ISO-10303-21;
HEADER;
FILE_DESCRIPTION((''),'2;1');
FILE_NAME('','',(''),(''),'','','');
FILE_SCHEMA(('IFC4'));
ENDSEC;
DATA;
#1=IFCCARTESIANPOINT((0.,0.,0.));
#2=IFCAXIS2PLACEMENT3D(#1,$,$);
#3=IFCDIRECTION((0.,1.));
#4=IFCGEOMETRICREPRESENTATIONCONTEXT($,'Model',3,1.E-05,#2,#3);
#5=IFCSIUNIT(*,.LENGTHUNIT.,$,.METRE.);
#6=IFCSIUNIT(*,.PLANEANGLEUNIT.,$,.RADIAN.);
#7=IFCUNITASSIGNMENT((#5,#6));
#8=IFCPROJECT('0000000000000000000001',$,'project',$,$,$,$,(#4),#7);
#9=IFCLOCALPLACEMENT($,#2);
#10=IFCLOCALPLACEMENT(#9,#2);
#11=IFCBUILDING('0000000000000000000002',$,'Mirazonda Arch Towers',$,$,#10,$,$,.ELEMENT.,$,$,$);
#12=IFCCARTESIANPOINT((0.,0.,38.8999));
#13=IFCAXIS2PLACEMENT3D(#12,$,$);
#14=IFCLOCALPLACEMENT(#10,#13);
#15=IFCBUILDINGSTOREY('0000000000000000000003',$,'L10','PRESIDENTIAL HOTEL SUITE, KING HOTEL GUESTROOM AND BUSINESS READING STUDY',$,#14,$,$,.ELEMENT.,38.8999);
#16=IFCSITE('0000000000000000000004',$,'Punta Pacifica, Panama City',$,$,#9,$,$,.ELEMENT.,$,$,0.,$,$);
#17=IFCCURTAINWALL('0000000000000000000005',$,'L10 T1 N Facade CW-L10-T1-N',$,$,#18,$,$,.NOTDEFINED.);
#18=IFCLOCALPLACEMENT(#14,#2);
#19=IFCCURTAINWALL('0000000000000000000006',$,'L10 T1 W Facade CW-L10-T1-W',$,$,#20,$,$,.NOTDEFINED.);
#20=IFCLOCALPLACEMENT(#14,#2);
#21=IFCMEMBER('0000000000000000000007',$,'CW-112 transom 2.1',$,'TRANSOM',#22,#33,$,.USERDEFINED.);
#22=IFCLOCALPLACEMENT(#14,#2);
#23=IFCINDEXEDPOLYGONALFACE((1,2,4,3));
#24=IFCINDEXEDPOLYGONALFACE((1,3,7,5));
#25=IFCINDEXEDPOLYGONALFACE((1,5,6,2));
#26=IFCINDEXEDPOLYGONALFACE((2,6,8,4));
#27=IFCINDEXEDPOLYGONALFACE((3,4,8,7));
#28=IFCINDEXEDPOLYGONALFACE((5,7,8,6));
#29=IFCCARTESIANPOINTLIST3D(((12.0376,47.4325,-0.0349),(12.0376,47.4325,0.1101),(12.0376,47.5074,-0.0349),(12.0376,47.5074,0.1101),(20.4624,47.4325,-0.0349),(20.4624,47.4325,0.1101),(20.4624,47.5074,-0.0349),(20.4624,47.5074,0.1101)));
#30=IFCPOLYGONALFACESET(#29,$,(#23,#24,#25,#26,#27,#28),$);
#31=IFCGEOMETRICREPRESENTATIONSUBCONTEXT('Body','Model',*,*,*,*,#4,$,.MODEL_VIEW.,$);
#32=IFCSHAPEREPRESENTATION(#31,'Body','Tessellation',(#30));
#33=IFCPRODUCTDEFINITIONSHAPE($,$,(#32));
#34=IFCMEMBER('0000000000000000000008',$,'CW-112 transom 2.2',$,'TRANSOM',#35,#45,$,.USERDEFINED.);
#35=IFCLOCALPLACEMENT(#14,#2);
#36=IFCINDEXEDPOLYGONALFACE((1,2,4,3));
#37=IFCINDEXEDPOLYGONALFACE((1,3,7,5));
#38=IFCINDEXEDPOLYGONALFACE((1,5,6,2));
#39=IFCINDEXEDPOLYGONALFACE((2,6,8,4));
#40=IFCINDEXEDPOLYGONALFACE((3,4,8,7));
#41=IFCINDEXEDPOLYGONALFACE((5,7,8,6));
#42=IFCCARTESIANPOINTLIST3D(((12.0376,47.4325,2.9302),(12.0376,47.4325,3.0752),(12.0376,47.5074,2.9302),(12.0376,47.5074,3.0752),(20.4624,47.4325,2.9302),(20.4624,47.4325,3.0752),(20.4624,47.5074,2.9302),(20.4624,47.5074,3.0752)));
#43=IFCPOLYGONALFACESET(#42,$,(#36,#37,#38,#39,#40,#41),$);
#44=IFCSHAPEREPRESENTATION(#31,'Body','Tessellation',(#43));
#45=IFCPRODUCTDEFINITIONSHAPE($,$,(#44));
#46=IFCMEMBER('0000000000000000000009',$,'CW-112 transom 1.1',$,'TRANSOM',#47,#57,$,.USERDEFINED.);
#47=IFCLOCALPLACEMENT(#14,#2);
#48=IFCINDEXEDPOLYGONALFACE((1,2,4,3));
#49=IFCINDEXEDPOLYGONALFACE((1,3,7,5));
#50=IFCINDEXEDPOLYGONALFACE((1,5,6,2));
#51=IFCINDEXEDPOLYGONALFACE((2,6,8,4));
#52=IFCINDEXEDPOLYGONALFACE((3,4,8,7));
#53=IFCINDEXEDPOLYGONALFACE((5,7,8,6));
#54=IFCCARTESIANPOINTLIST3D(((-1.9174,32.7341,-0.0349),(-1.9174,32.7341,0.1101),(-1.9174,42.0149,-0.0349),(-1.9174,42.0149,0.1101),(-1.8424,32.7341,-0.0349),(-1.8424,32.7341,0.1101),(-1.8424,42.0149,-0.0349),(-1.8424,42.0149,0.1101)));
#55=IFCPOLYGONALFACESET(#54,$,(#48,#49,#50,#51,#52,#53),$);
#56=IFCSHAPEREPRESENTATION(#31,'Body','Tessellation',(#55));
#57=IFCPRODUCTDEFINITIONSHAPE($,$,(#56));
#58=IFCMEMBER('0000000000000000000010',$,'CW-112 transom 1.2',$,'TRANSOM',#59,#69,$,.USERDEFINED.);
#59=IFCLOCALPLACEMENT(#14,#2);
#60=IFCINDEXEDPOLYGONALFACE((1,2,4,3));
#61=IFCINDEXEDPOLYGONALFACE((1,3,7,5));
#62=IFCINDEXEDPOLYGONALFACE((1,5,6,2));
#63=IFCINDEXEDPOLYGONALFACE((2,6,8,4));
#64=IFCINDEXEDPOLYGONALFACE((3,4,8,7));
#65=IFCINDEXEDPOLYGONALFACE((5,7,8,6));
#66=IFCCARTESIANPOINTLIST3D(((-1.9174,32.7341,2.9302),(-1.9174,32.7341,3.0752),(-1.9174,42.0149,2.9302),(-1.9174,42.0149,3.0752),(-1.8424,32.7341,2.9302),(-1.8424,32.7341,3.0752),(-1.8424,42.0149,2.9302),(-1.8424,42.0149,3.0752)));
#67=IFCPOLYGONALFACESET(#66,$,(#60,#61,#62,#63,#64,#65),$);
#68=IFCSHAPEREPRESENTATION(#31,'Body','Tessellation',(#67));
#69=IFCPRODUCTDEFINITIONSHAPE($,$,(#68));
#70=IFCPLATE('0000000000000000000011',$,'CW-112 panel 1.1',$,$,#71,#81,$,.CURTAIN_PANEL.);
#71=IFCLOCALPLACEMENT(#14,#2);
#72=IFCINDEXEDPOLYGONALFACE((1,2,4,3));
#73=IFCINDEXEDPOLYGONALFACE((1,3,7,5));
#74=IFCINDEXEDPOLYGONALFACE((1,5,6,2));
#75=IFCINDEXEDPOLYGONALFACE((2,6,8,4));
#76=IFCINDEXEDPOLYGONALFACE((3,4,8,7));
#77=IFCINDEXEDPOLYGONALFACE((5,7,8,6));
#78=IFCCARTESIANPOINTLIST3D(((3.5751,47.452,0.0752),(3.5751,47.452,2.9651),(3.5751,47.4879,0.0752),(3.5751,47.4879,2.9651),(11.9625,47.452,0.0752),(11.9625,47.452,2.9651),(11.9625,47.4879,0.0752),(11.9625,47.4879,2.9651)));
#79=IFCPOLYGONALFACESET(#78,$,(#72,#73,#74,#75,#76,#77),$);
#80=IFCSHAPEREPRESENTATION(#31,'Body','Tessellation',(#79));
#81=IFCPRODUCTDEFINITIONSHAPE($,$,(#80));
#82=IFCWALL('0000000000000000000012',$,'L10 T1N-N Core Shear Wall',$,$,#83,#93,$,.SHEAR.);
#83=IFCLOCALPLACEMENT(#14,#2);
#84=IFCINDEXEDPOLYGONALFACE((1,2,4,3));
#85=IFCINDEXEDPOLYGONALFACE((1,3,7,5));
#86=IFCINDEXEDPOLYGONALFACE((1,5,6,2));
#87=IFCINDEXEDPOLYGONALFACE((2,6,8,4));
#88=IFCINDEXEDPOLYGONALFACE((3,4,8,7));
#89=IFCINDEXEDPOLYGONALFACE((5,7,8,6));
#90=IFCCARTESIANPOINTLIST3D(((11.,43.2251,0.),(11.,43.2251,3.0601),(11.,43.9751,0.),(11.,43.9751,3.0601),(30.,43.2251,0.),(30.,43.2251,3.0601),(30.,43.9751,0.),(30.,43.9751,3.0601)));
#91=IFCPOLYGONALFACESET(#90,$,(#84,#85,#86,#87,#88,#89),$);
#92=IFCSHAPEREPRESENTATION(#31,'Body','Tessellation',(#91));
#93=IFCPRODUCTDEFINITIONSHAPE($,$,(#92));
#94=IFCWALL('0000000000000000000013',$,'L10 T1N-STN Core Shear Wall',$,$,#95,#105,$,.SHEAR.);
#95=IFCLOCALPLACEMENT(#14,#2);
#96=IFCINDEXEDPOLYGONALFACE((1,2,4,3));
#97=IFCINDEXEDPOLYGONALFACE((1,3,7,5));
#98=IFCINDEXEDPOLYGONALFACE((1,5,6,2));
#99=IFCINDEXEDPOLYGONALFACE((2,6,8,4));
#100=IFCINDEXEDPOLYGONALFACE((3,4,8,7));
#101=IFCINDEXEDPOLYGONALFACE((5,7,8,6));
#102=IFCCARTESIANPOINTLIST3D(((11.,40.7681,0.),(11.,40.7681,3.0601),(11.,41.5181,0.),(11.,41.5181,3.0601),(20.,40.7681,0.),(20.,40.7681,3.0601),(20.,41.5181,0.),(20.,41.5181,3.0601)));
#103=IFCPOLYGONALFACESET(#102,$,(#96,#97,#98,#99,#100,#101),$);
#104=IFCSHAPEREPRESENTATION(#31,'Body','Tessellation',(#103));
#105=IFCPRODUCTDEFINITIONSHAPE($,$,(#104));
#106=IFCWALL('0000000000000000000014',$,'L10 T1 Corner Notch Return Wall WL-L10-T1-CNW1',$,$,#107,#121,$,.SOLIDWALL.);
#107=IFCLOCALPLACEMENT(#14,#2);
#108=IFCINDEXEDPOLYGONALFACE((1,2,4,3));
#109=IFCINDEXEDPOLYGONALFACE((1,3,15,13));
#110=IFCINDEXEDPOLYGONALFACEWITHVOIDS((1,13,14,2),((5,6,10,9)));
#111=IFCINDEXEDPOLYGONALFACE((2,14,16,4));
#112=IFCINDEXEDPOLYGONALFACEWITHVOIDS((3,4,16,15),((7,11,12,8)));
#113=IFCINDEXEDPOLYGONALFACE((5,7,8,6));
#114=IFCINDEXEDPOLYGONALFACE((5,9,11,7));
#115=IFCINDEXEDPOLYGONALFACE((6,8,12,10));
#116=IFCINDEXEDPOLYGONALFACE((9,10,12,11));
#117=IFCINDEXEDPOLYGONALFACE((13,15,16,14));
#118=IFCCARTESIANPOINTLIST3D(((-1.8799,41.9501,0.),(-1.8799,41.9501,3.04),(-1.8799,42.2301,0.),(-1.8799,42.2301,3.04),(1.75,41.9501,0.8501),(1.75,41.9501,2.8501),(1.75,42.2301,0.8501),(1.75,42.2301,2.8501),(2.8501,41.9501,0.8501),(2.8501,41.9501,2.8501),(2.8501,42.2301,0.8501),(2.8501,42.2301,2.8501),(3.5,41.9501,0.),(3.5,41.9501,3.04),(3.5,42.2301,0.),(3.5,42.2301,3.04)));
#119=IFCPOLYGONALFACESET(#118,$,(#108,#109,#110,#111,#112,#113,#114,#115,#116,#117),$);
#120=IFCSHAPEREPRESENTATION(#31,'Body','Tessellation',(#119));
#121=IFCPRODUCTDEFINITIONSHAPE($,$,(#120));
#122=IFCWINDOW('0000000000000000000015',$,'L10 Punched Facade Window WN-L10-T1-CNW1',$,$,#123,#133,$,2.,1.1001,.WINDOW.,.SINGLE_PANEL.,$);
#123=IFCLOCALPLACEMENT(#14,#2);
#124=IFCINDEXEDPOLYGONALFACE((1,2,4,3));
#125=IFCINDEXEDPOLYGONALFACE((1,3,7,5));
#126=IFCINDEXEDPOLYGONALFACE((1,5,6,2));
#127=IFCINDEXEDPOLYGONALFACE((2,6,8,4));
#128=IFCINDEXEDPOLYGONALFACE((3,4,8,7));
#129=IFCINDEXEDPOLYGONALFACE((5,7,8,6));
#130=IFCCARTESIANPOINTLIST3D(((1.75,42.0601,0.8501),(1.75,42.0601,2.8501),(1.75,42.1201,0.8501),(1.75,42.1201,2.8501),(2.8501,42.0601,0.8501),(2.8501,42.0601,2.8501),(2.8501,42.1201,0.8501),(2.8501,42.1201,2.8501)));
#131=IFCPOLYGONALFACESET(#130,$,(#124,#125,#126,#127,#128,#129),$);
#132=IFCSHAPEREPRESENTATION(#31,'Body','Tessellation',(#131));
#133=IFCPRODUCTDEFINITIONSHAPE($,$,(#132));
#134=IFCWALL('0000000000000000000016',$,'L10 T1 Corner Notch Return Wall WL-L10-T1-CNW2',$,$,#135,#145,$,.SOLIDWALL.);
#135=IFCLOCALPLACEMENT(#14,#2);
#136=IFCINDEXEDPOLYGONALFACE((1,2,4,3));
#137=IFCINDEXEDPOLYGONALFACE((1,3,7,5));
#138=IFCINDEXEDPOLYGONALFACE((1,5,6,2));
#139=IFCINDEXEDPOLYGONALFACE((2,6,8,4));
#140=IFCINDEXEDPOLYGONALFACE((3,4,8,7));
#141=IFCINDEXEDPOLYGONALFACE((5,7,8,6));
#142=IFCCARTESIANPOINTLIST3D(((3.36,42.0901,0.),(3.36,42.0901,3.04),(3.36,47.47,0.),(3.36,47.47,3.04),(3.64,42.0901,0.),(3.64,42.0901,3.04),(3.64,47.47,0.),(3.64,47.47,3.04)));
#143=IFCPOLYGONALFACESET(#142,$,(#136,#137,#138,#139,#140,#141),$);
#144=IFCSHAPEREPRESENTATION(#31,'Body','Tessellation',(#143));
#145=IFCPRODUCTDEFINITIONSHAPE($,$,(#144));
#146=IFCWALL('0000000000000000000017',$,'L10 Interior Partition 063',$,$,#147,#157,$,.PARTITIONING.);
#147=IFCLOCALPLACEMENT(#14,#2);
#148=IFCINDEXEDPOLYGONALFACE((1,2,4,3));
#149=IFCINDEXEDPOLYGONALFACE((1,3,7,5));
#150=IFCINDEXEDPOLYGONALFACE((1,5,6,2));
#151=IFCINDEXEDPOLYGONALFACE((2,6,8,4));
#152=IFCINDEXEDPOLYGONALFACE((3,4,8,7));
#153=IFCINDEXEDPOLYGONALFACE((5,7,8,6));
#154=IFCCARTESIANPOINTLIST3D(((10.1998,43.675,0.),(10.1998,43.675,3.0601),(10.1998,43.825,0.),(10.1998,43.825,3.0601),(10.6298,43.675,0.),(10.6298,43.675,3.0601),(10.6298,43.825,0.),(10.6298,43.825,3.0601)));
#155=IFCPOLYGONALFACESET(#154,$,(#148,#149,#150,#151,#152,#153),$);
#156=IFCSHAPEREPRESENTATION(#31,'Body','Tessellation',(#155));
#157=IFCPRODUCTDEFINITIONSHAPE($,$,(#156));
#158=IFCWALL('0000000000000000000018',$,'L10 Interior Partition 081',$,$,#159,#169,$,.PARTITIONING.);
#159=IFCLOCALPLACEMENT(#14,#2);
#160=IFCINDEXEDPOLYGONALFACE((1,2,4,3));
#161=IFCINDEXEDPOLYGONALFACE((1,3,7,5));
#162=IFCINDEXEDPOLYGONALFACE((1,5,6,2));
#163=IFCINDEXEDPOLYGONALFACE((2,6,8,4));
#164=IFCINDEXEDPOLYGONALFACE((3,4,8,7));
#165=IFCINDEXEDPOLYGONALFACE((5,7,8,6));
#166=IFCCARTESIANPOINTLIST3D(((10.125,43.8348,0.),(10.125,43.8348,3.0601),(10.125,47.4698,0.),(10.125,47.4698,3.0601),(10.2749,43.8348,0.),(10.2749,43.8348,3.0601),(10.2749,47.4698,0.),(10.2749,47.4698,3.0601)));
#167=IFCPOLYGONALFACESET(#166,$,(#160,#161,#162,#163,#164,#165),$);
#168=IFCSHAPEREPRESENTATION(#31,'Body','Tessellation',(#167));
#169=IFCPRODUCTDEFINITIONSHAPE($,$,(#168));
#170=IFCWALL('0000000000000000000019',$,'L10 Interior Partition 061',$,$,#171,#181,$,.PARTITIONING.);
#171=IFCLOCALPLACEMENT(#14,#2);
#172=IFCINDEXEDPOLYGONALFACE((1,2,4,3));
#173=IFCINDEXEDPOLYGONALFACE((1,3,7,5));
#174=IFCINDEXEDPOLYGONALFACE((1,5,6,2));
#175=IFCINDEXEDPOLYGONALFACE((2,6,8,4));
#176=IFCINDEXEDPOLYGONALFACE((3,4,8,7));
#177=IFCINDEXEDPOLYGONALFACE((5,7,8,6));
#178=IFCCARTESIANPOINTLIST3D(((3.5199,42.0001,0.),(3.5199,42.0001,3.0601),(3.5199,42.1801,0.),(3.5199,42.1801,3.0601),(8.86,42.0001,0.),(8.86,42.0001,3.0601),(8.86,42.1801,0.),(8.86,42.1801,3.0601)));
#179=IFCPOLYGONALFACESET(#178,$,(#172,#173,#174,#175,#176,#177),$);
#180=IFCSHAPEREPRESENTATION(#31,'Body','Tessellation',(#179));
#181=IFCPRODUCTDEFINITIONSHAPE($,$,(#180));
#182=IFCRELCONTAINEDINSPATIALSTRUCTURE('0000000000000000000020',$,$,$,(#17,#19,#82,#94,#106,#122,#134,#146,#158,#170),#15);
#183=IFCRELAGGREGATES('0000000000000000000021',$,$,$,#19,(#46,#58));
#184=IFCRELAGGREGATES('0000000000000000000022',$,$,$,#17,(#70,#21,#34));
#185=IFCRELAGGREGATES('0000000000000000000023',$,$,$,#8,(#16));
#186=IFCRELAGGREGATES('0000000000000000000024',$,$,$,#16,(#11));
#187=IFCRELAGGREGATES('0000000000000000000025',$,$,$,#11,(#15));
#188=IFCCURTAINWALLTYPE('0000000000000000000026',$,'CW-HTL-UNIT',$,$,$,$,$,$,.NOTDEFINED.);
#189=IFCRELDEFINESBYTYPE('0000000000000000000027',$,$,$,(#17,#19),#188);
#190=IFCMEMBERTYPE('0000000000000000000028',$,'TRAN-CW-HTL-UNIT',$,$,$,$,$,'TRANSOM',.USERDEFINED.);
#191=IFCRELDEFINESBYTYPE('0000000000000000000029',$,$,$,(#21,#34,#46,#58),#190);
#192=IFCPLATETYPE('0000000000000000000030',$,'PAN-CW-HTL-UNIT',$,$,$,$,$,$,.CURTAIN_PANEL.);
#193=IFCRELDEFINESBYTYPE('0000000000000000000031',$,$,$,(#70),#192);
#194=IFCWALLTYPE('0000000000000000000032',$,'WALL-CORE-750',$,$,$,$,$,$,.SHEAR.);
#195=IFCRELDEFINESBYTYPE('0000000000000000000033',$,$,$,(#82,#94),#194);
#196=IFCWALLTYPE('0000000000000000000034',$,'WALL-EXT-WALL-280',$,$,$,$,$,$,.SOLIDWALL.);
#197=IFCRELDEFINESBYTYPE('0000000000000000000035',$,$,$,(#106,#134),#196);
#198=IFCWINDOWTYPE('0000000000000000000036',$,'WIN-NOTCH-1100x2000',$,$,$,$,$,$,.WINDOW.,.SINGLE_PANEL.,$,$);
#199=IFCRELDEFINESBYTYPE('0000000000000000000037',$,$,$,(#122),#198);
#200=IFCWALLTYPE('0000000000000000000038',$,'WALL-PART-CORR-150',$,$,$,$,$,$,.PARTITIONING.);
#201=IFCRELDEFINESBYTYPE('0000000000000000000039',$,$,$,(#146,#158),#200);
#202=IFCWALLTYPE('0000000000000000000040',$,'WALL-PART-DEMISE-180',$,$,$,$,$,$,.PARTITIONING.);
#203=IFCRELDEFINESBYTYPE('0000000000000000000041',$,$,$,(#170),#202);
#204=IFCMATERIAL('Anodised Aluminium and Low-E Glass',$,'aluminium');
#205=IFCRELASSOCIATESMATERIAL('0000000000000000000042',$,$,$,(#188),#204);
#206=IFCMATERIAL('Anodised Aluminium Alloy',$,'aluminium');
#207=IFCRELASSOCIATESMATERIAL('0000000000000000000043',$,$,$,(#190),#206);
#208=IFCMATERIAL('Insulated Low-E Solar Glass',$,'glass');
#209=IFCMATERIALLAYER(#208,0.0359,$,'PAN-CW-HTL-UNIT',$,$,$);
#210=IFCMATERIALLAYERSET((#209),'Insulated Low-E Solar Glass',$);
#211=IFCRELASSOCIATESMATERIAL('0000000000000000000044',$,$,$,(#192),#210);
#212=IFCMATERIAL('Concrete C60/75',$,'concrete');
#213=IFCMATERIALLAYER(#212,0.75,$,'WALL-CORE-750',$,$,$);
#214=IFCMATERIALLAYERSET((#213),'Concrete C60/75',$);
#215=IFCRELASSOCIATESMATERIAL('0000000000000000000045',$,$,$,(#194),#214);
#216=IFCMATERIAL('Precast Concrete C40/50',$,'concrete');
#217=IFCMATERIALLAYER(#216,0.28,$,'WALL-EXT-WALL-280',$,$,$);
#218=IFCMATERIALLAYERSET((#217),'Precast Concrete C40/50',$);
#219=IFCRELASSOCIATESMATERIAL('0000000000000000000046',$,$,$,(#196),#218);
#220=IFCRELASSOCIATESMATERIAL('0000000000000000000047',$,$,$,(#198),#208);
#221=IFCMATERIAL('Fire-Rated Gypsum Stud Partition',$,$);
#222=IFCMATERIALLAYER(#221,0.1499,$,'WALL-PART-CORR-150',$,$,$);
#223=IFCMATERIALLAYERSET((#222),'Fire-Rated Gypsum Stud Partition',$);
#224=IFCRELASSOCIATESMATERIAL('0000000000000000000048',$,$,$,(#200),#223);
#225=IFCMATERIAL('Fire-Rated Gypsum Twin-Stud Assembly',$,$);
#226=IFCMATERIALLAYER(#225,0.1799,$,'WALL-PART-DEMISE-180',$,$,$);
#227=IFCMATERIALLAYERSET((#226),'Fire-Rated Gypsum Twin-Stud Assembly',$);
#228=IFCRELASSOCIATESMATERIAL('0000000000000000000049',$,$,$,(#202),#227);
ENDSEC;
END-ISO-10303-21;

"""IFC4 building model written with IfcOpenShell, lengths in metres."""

from ifc_helpers import new_model, si_unit, direction, frame, frame_2d, origin, origin_2d, place, context, subcontext, project, spatial, rectangle, extrude, material, layer, layer_set, material_profile, profile_set, type_object, element, fill, aggregate, save


model = new_model("IFC4")

# Units and contexts
model_context = context("Model", 3, precision=1e-05, world=origin(), true_north=direction((0.0, 1.0)))
body_context = subcontext(model_context, "Body", "Model", "MODEL_VIEW")
ifc_project = project(units=[si_unit("LENGTHUNIT", "METRE"), si_unit("PLANEANGLEUNIT", "RADIAN")], contexts=[model_context])

# Site, building, storey
site_placement = place(None, origin())
site = spatial("IfcSite", under=ifc_project, at=site_placement, Name="Punta Pacifica, Panama City", CompositionType="ELEMENT", RefElevation=0.0)
building_placement = place(site_placement, origin())
building = spatial("IfcBuilding", under=site, at=building_placement, Name="Mirazonda Arch Towers", CompositionType="ELEMENT")
storey_placement = place(building_placement, frame((0.0, 0.0, 38.8999)))
storey = spatial("IfcBuildingStorey", under=building, at=storey_placement, Name="L10", Description="PRESIDENTIAL HOTEL SUITE, KING HOTEL GUESTROOM AND BUSINESS READING STUDY", CompositionType="ELEMENT", Elevation=38.8999)

# Shared definitions
ifc_material_1 = material(Name="Concrete C60/75", Category="concrete")

# Curtain wall
ifc_material_2 = material(Name="Anodised Aluminium and Low-E Glass", Category="aluminium")
curtain_wall_type = type_object("IfcCurtainWallType", Name="CW-HTL-UNIT", PredefinedType="NOTDEFINED", material=ifc_material_2)
curtain_wall_1_placement = place(storey_placement, origin())
curtain_wall_1 = element("IfcCurtainWall", 1, at=curtain_wall_1_placement, inside=storey, type_object=curtain_wall_type, Name="L10 T1 N Facade CW-L10-T1-N", PredefinedType="NOTDEFINED")
ifc_material_3 = material(Name="Anodised Aluminium Alloy", Category="aluminium")

# Curtain wall
curtain_wall_2_placement = place(storey_placement, origin())
curtain_wall_2 = element("IfcCurtainWall", 2, at=curtain_wall_2_placement, inside=storey, type_object=curtain_wall_type, Name="L10 T1 W Facade CW-L10-T1-W", PredefinedType="NOTDEFINED")

# Members
ifc_material_profile_1 = material_profile(ifc_material_3, rectangle(XDim=0.075, YDim=0.145, at=origin_2d()), Name="ALU-TRAN-75x145")
ifc_profile_set_1 = profile_set([ifc_material_profile_1], Name="Anodised Aluminium Alloy")
member_type_1 = type_object("IfcMemberType", Name="TRAN-CW-HTL-UNIT", ElementType="TRANSOM", PredefinedType="USERDEFINED", material=ifc_profile_set_1)
member_1_placement = place(storey_placement, frame((12.0376, 47.47, 0.0376), z_axis=(1.0, 0.0, 0.0), x_axis=(0.0, 1.0, 0.0)))
member_1 = element("IfcMember", 3, at=member_1_placement, type_object=member_type_1, Name="CW-112 transom 2.1", ObjectType="TRANSOM", PredefinedType="USERDEFINED", context=body_context, shape_type="SweptSolid", body=[
    extrude(rectangle(XDim=0.075, YDim=0.145, at=origin_2d()), origin(), (0.0, 0.0, 1.0), 8.4248),
])
member_2_placement = place(storey_placement, frame((12.0376, 47.47, 3.0027), z_axis=(1.0, 0.0, 0.0), x_axis=(0.0, 1.0, 0.0)))
member_2 = element("IfcMember", 4, at=member_2_placement, type_object=member_type_1, Name="CW-112 transom 2.2", ObjectType="TRANSOM", PredefinedType="USERDEFINED", context=body_context, shape_type="SweptSolid", body=[
    extrude(rectangle(XDim=0.075, YDim=0.145, at=origin_2d()), origin(), (0.0, 0.0, 1.0), 8.4248),
])
member_3_placement = place(storey_placement, frame((-1.8799, 42.0149, 0.0376), z_axis=(0.0, -1.0, 0.0), x_axis=(1.0, 0.0, 0.0)))
member_3 = element("IfcMember", 5, at=member_3_placement, type_object=member_type_1, Name="CW-112 transom 1.1", ObjectType="TRANSOM", PredefinedType="USERDEFINED", context=body_context, shape_type="SweptSolid", body=[
    extrude(rectangle(XDim=0.075, YDim=0.145, at=origin_2d()), origin(), (0.0, 0.0, 1.0), 9.2808),
])
member_4_placement = place(storey_placement, frame((-1.8799, 42.0149, 3.0027), z_axis=(0.0, -1.0, 0.0), x_axis=(1.0, 0.0, 0.0)))
member_4 = element("IfcMember", 6, at=member_4_placement, type_object=member_type_1, Name="CW-112 transom 1.2", ObjectType="TRANSOM", PredefinedType="USERDEFINED", context=body_context, shape_type="SweptSolid", body=[
    extrude(rectangle(XDim=0.075, YDim=0.145, at=origin_2d()), origin(), (0.0, 0.0, 1.0), 9.2808),
])
aggregate(curtain_wall_2, [member_3, member_4])

# Plate
ifc_material_4 = material(Name="Insulated Low-E Solar Glass", Category="glass")
ifc_layer_1 = layer(ifc_material_4, 0.0359, Name="PAN-CW-HTL-UNIT")
ifc_layer_set_1 = layer_set([ifc_layer_1], Name="Insulated Low-E Solar Glass")
plate_type = type_object("IfcPlateType", Name="PAN-CW-HTL-UNIT", PredefinedType="CURTAIN_PANEL", material=ifc_layer_set_1)
plate_placement = place(storey_placement, frame((7.7688, 47.47, 0.0752), z_axis=(0.0, 0.0, 1.0), x_axis=(1.0, 0.0, 0.0)))
plate = element("IfcPlate", 7, at=plate_placement, type_object=plate_type, Name="CW-112 panel 1.1", PredefinedType="CURTAIN_PANEL", context=body_context, shape_type="SweptSolid", body=[
    extrude(rectangle(XDim=8.3875, YDim=0.0359, at=origin_2d()), origin(), (0.0, 0.0, 1.0), 2.8899),
])
aggregate(curtain_wall_1, [plate, member_1, member_2])

# Walls
ifc_layer_2 = layer(ifc_material_1, 0.75, Name="WALL-CORE-750")
ifc_layer_set_2 = layer_set([ifc_layer_2], Name="Concrete C60/75")
wall_type_1 = type_object("IfcWallType", Name="WALL-CORE-750", PredefinedType="SHEAR", material=ifc_layer_set_2)
wall_1_placement = place(storey_placement, frame((11.0, 43.6001, 0.0), z_axis=(0.0, 0.0, 1.0), x_axis=(1.0, 0.0, 0.0)))
element("IfcWall", 8, at=wall_1_placement, inside=storey, type_object=wall_type_1, Name="L10 T1N-N Core Shear Wall", PredefinedType="SHEAR", context=body_context, shape_type="SweptSolid", body=[
    extrude(rectangle(XDim=19.0, YDim=0.75, at=frame_2d((9.5, 0.0))), origin(), (0.0, 0.0, 1.0), 3.0601),
])
wall_2_placement = place(storey_placement, frame((11.0, 41.1431, 0.0), z_axis=(0.0, 0.0, 1.0), x_axis=(1.0, 0.0, 0.0)))
element("IfcWall", 9, at=wall_2_placement, inside=storey, type_object=wall_type_1, Name="L10 T1N-STN Core Shear Wall", PredefinedType="SHEAR", context=body_context, shape_type="SweptSolid", body=[
    extrude(rectangle(XDim=9.0, YDim=0.75, at=frame_2d((4.5, 0.0))), origin(), (0.0, 0.0, 1.0), 3.0601),
])

# Wall, opening, window
ifc_material_5 = material(Name="Precast Concrete C40/50", Category="concrete")
ifc_layer_3 = layer(ifc_material_5, 0.28, Name="WALL-EXT-WALL-280")
ifc_layer_set_3 = layer_set([ifc_layer_3], Name="Precast Concrete C40/50")
wall_type_2 = type_object("IfcWallType", Name="WALL-EXT-WALL-280", PredefinedType="SOLIDWALL", material=ifc_layer_set_3)
wall_3_placement = place(storey_placement, frame((3.5, 42.0901, 0.0), z_axis=(0.0, 0.0, 1.0), x_axis=(-1.0, 0.0, 0.0)))
wall_3 = element("IfcWall", 10, at=wall_3_placement, inside=storey, type_object=wall_type_2, Name="L10 T1 Corner Notch Return Wall WL-L10-T1-CNW1", PredefinedType="SOLIDWALL", context=body_context, shape_type="SweptSolid", body=[
    extrude(rectangle(XDim=5.3799, YDim=0.28, at=frame_2d((2.6899, 0.0))), origin(), (0.0, 0.0, 1.0), 3.04),
])
opening_1_placement = place(wall_3_placement, frame((0.6499, 0.0, 0.8501)))
opening_1 = element("IfcOpeningElement", 11, at=opening_1_placement, cuts=wall_3, PredefinedType="OPENING", context=body_context, shape_type="SweptSolid", body=[
    extrude(rectangle(XDim=1.1001, YDim=2.0, at=frame_2d((0.55, 1.0))), frame((0.0, 0.1499, 0.0), z_axis=(0.0, -1.0, 0.0), x_axis=(1.0, 0.0, 0.0)), (0.0, 0.0, 1.0), 0.3),
])
window_type = type_object("IfcWindowType", Name="WIN-NOTCH-1100x2000", PartitioningType="SINGLE_PANEL", PredefinedType="WINDOW", material=ifc_material_4)
window_placement = place(opening_1_placement, origin())
window = element("IfcWindow", 12, at=window_placement, inside=storey, type_object=window_type, Name="L10 Punched Facade Window WN-L10-T1-CNW1", OverallHeight=2.0, OverallWidth=1.1001, PartitioningType="SINGLE_PANEL", PredefinedType="WINDOW", context=body_context, shape_type="SweptSolid", body=[
    extrude(rectangle(XDim=1.1001, YDim=2.0, at=frame_2d((0.55, 1.0))), frame((0.0, 0.03, 0.0), z_axis=(0.0, -1.0, 0.0), x_axis=(1.0, 0.0, 0.0)), (0.0, 0.0, 1.0), 0.0601),
])
fill(opening_1, window)

# Walls
wall_4_placement = place(storey_placement, frame((3.5, 47.47, 0.0), z_axis=(0.0, 0.0, 1.0), x_axis=(0.0, -1.0, 0.0)))
element("IfcWall", 13, at=wall_4_placement, inside=storey, type_object=wall_type_2, Name="L10 T1 Corner Notch Return Wall WL-L10-T1-CNW2", PredefinedType="SOLIDWALL", context=body_context, shape_type="SweptSolid", body=[
    extrude(rectangle(XDim=5.3799, YDim=0.28, at=frame_2d((2.6899, 0.0))), origin(), (0.0, 0.0, 1.0), 3.04),
])
ifc_material_6 = material(Name="Fire-Rated Gypsum Stud Partition")
ifc_layer_4 = layer(ifc_material_6, 0.1499, Name="WALL-PART-CORR-150")
ifc_layer_set_4 = layer_set([ifc_layer_4], Name="Fire-Rated Gypsum Stud Partition")
wall_type_3 = type_object("IfcWallType", Name="WALL-PART-CORR-150", PredefinedType="PARTITIONING", material=ifc_layer_set_4)
wall_5_placement = place(storey_placement, frame((10.2, 43.75, 0.0), z_axis=(0.0, 0.0, 1.0), x_axis=(1.0, 0.0, 0.0)))
element("IfcWall", 14, at=wall_5_placement, inside=storey, type_object=wall_type_3, Name="L10 Interior Partition 063", PredefinedType="PARTITIONING", context=body_context, shape_type="SweptSolid", body=[
    extrude(rectangle(XDim=0.4299, YDim=0.1499, at=frame_2d((0.2148, 0.0))), origin(), (0.0, 0.0, 1.0), 3.0601),
])
wall_6_placement = place(storey_placement, frame((10.2, 43.835, 0.0), z_axis=(0.0, 0.0, 1.0), x_axis=(0.0, 1.0, 0.0)))
element("IfcWall", 15, at=wall_6_placement, inside=storey, type_object=wall_type_3, Name="L10 Interior Partition 081", PredefinedType="PARTITIONING", context=body_context, shape_type="SweptSolid", body=[
    extrude(rectangle(XDim=3.635, YDim=0.1499, at=frame_2d((1.8174, 0.0))), origin(), (0.0, 0.0, 1.0), 3.0601),
])
ifc_material_7 = material(Name="Fire-Rated Gypsum Twin-Stud Assembly")
ifc_layer_5 = layer(ifc_material_7, 0.1799, Name="WALL-PART-DEMISE-180")
ifc_layer_set_5 = layer_set([ifc_layer_5], Name="Fire-Rated Gypsum Twin-Stud Assembly")
wall_type_4 = type_object("IfcWallType", Name="WALL-PART-DEMISE-180", PredefinedType="PARTITIONING", material=ifc_layer_set_5)
wall_7_placement = place(storey_placement, frame((3.52, 42.0901, 0.0), z_axis=(0.0, 0.0, 1.0), x_axis=(1.0, 0.0, 0.0)))
element("IfcWall", 16, at=wall_7_placement, inside=storey, type_object=wall_type_4, Name="L10 Interior Partition 061", PredefinedType="PARTITIONING", context=body_context, shape_type="SweptSolid", body=[
    extrude(rectangle(XDim=5.3401, YDim=0.1799, at=frame_2d((2.6699, 0.0))), origin(), (0.0, 0.0, 1.0), 3.0601),
])

save(model, "model.ifc")
